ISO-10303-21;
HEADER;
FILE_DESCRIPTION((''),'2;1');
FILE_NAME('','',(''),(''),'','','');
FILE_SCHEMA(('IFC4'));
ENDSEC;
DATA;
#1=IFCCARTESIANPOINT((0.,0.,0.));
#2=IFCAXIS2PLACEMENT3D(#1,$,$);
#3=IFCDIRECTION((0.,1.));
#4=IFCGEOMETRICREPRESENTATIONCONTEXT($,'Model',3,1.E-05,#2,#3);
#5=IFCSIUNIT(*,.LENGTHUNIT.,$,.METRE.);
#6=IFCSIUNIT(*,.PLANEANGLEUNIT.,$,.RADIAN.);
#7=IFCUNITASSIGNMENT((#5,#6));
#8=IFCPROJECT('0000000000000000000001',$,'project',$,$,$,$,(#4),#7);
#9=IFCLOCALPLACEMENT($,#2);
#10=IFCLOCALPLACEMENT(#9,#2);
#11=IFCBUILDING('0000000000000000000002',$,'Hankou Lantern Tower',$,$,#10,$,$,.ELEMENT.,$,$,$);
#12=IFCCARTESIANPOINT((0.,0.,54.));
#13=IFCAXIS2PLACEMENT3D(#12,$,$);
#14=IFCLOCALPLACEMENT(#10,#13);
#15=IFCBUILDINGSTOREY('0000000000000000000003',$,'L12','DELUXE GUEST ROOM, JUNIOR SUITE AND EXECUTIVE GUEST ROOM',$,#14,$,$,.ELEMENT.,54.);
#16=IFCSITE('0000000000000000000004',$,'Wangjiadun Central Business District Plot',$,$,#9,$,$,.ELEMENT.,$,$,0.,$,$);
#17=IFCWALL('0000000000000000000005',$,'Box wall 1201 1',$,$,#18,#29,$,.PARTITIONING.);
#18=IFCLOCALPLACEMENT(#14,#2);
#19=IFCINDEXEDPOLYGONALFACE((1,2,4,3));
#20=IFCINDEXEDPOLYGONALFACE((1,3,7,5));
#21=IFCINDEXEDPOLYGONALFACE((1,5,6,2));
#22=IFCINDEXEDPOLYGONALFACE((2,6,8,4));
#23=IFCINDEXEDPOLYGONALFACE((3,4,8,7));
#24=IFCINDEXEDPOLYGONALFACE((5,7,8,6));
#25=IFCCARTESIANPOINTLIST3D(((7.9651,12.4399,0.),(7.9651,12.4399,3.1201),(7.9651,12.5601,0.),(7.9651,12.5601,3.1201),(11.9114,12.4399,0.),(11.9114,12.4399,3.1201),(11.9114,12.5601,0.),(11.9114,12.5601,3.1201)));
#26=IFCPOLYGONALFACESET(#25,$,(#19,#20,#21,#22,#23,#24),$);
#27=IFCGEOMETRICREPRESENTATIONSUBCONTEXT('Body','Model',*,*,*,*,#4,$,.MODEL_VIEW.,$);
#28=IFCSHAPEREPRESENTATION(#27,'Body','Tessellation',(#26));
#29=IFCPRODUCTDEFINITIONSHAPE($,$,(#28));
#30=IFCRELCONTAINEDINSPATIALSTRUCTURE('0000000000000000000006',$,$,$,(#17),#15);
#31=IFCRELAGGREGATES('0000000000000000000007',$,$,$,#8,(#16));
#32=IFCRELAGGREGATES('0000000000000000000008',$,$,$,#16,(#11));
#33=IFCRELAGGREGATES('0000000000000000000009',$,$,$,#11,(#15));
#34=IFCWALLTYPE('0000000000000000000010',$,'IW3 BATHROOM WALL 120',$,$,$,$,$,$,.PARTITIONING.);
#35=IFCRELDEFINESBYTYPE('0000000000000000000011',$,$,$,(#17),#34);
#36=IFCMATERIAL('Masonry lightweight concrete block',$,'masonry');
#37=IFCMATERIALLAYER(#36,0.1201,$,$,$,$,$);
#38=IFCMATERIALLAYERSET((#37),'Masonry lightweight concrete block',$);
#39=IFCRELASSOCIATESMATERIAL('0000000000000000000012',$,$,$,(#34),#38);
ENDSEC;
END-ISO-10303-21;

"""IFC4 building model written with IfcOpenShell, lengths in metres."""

from ifc_helpers import new_model, si_unit, direction, frame, frame_2d, origin, place, context, subcontext, project, spatial, rectangle, extrude, material, layer, layer_set, type_object, element, save


model = new_model("IFC4")

# Units and contexts
model_context = context("Model", 3, precision=1e-05, world=origin(), true_north=direction((0.0, 1.0)))
body_context = subcontext(model_context, "Body", "Model", "MODEL_VIEW")
ifc_project = project(units=[si_unit("LENGTHUNIT", "METRE"), si_unit("PLANEANGLEUNIT", "RADIAN")], contexts=[model_context])

# Site, building, storey
site_placement = place(None, origin())
site = spatial("IfcSite", under=ifc_project, at=site_placement, Name="Wangjiadun Central Business District Plot", CompositionType="ELEMENT", RefElevation=0.0)
building_placement = place(site_placement, origin())
building = spatial("IfcBuilding", under=site, at=building_placement, Name="Hankou Lantern Tower", CompositionType="ELEMENT")
storey_placement = place(building_placement, frame((0.0, 0.0, 54.0)))
storey = spatial("IfcBuildingStorey", under=building, at=storey_placement, Name="L12", Description="DELUXE GUEST ROOM, JUNIOR SUITE AND EXECUTIVE GUEST ROOM", CompositionType="ELEMENT", Elevation=54.0)

# Wall
ifc_material_1 = material(Name="Masonry lightweight concrete block", Category="masonry")
ifc_layer_1 = layer(ifc_material_1, 0.1201)
ifc_layer_set_1 = layer_set([ifc_layer_1], Name="Masonry lightweight concrete block")
wall_type_1 = type_object("IfcWallType", Name="IW3 BATHROOM WALL 120", PredefinedType="PARTITIONING", material=ifc_layer_set_1)
wall_1_placement = place(storey_placement, frame((11.9114, 12.5, 0.0), z_axis=(0.0, 0.0, 1.0), x_axis=(-1.0, 0.0, 0.0)))
element("IfcWall", 1, at=wall_1_placement, inside=storey, type_object=wall_type_1, Name="Box wall 1201 1", PredefinedType="PARTITIONING", context=body_context, shape_type="SweptSolid", body=[
    extrude(rectangle(XDim=3.9463, YDim=0.1201, at=frame_2d((1.9731, 0.0))), origin(), (0.0, 0.0, 1.0), 3.1201),
])

save(model, "model.ifc")
